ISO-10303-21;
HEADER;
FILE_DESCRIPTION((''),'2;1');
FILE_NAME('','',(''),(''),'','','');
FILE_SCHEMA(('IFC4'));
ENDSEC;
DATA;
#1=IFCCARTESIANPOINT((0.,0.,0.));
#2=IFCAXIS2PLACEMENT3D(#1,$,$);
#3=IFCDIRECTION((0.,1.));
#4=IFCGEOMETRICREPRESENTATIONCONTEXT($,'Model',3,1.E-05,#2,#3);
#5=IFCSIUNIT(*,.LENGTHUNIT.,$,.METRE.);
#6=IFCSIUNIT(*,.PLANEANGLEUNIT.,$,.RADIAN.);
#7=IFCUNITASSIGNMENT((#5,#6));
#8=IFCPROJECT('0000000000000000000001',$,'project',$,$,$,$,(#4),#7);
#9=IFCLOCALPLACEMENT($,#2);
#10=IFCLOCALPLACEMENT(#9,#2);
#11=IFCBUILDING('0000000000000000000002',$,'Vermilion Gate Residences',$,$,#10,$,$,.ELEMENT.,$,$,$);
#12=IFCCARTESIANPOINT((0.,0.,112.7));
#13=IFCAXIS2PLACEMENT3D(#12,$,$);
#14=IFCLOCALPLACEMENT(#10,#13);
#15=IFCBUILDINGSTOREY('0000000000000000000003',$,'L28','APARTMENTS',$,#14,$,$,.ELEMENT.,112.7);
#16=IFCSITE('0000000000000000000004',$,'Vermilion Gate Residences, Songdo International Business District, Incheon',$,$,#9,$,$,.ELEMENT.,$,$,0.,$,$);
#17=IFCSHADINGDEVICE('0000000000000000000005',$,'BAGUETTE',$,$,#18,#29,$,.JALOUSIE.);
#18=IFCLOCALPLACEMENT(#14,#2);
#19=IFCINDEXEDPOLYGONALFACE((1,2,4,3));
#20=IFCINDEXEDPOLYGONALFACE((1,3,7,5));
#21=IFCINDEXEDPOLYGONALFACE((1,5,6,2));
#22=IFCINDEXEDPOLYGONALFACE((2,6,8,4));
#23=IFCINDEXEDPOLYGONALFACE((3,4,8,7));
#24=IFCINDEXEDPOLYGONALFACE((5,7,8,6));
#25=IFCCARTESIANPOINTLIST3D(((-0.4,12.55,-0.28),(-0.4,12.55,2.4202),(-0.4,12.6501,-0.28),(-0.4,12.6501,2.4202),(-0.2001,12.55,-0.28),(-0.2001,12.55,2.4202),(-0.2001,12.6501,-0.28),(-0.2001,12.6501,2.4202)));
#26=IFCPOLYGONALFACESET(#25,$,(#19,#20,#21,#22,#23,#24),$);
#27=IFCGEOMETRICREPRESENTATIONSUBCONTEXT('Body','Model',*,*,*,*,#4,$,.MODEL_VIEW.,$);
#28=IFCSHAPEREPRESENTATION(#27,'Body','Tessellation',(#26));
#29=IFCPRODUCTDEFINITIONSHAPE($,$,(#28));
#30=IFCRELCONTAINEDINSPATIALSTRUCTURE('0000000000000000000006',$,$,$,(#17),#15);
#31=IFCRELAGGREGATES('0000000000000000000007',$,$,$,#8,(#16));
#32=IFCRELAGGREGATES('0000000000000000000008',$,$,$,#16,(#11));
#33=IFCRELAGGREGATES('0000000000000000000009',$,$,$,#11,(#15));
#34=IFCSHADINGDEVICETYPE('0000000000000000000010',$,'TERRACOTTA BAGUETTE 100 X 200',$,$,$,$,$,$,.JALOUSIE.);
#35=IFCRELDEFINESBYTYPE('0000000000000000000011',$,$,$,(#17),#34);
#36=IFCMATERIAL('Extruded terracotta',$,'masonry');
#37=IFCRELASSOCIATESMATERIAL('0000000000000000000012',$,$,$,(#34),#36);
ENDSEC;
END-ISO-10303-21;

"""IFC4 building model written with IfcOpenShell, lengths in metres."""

from ifc_helpers import new_model, si_unit, direction, frame, origin, origin_2d, place, context, subcontext, project, spatial, rectangle, extrude, material, material_profile, profile_set, type_object, element, save


model = new_model("IFC4")

# Units and contexts
model_context = context("Model", 3, precision=1e-05, world=origin(), true_north=direction((0.0, 1.0)))
body_context = subcontext(model_context, "Body", "Model", "MODEL_VIEW")
ifc_project = project(units=[si_unit("LENGTHUNIT", "METRE"), si_unit("PLANEANGLEUNIT", "RADIAN")], contexts=[model_context])

# Site, building, storey
site_placement = place(None, origin())
site = spatial("IfcSite", under=ifc_project, at=site_placement, Name="Vermilion Gate Residences, Songdo International Business District, Incheon", CompositionType="ELEMENT", RefElevation=0.0)
building_placement = place(site_placement, origin())
building = spatial("IfcBuilding", under=site, at=building_placement, Name="Vermilion Gate Residences", CompositionType="ELEMENT")
storey_placement = place(building_placement, frame((0.0, 0.0, 112.7)))
storey = spatial("IfcBuildingStorey", under=building, at=storey_placement, Name="L28", Description="APARTMENTS", CompositionType="ELEMENT", Elevation=112.7)

# Shading device
ifc_material_1 = material(Name="Extruded terracotta", Category="masonry")
ifc_material_profile_1 = material_profile(ifc_material_1, rectangle(XDim=0.2, YDim=0.1001, at=origin_2d()), Name="BAGUETTE 100 X 200")
ifc_profile_set_1 = profile_set([ifc_material_profile_1], Name="Extruded terracotta")
shading_device_type_1 = type_object("IfcShadingDeviceType", Name="TERRACOTTA BAGUETTE 100 X 200", PredefinedType="JALOUSIE", material=ifc_profile_set_1)
shading_device_1_placement = place(storey_placement, frame((-0.3, 12.6001, -0.28), z_axis=(0.0, 0.0, 1.0), x_axis=(1.0, 0.0, 0.0)))
element("IfcShadingDevice", 1, at=shading_device_1_placement, inside=storey, type_object=shading_device_type_1, Name="BAGUETTE", PredefinedType="JALOUSIE", context=body_context, shape_type="SweptSolid", body=[
    extrude(rectangle(XDim=0.2, YDim=0.1001, at=origin_2d()), origin(), (0.0, 0.0, 1.0), 2.7002),
])

save(model, "model.ifc")
